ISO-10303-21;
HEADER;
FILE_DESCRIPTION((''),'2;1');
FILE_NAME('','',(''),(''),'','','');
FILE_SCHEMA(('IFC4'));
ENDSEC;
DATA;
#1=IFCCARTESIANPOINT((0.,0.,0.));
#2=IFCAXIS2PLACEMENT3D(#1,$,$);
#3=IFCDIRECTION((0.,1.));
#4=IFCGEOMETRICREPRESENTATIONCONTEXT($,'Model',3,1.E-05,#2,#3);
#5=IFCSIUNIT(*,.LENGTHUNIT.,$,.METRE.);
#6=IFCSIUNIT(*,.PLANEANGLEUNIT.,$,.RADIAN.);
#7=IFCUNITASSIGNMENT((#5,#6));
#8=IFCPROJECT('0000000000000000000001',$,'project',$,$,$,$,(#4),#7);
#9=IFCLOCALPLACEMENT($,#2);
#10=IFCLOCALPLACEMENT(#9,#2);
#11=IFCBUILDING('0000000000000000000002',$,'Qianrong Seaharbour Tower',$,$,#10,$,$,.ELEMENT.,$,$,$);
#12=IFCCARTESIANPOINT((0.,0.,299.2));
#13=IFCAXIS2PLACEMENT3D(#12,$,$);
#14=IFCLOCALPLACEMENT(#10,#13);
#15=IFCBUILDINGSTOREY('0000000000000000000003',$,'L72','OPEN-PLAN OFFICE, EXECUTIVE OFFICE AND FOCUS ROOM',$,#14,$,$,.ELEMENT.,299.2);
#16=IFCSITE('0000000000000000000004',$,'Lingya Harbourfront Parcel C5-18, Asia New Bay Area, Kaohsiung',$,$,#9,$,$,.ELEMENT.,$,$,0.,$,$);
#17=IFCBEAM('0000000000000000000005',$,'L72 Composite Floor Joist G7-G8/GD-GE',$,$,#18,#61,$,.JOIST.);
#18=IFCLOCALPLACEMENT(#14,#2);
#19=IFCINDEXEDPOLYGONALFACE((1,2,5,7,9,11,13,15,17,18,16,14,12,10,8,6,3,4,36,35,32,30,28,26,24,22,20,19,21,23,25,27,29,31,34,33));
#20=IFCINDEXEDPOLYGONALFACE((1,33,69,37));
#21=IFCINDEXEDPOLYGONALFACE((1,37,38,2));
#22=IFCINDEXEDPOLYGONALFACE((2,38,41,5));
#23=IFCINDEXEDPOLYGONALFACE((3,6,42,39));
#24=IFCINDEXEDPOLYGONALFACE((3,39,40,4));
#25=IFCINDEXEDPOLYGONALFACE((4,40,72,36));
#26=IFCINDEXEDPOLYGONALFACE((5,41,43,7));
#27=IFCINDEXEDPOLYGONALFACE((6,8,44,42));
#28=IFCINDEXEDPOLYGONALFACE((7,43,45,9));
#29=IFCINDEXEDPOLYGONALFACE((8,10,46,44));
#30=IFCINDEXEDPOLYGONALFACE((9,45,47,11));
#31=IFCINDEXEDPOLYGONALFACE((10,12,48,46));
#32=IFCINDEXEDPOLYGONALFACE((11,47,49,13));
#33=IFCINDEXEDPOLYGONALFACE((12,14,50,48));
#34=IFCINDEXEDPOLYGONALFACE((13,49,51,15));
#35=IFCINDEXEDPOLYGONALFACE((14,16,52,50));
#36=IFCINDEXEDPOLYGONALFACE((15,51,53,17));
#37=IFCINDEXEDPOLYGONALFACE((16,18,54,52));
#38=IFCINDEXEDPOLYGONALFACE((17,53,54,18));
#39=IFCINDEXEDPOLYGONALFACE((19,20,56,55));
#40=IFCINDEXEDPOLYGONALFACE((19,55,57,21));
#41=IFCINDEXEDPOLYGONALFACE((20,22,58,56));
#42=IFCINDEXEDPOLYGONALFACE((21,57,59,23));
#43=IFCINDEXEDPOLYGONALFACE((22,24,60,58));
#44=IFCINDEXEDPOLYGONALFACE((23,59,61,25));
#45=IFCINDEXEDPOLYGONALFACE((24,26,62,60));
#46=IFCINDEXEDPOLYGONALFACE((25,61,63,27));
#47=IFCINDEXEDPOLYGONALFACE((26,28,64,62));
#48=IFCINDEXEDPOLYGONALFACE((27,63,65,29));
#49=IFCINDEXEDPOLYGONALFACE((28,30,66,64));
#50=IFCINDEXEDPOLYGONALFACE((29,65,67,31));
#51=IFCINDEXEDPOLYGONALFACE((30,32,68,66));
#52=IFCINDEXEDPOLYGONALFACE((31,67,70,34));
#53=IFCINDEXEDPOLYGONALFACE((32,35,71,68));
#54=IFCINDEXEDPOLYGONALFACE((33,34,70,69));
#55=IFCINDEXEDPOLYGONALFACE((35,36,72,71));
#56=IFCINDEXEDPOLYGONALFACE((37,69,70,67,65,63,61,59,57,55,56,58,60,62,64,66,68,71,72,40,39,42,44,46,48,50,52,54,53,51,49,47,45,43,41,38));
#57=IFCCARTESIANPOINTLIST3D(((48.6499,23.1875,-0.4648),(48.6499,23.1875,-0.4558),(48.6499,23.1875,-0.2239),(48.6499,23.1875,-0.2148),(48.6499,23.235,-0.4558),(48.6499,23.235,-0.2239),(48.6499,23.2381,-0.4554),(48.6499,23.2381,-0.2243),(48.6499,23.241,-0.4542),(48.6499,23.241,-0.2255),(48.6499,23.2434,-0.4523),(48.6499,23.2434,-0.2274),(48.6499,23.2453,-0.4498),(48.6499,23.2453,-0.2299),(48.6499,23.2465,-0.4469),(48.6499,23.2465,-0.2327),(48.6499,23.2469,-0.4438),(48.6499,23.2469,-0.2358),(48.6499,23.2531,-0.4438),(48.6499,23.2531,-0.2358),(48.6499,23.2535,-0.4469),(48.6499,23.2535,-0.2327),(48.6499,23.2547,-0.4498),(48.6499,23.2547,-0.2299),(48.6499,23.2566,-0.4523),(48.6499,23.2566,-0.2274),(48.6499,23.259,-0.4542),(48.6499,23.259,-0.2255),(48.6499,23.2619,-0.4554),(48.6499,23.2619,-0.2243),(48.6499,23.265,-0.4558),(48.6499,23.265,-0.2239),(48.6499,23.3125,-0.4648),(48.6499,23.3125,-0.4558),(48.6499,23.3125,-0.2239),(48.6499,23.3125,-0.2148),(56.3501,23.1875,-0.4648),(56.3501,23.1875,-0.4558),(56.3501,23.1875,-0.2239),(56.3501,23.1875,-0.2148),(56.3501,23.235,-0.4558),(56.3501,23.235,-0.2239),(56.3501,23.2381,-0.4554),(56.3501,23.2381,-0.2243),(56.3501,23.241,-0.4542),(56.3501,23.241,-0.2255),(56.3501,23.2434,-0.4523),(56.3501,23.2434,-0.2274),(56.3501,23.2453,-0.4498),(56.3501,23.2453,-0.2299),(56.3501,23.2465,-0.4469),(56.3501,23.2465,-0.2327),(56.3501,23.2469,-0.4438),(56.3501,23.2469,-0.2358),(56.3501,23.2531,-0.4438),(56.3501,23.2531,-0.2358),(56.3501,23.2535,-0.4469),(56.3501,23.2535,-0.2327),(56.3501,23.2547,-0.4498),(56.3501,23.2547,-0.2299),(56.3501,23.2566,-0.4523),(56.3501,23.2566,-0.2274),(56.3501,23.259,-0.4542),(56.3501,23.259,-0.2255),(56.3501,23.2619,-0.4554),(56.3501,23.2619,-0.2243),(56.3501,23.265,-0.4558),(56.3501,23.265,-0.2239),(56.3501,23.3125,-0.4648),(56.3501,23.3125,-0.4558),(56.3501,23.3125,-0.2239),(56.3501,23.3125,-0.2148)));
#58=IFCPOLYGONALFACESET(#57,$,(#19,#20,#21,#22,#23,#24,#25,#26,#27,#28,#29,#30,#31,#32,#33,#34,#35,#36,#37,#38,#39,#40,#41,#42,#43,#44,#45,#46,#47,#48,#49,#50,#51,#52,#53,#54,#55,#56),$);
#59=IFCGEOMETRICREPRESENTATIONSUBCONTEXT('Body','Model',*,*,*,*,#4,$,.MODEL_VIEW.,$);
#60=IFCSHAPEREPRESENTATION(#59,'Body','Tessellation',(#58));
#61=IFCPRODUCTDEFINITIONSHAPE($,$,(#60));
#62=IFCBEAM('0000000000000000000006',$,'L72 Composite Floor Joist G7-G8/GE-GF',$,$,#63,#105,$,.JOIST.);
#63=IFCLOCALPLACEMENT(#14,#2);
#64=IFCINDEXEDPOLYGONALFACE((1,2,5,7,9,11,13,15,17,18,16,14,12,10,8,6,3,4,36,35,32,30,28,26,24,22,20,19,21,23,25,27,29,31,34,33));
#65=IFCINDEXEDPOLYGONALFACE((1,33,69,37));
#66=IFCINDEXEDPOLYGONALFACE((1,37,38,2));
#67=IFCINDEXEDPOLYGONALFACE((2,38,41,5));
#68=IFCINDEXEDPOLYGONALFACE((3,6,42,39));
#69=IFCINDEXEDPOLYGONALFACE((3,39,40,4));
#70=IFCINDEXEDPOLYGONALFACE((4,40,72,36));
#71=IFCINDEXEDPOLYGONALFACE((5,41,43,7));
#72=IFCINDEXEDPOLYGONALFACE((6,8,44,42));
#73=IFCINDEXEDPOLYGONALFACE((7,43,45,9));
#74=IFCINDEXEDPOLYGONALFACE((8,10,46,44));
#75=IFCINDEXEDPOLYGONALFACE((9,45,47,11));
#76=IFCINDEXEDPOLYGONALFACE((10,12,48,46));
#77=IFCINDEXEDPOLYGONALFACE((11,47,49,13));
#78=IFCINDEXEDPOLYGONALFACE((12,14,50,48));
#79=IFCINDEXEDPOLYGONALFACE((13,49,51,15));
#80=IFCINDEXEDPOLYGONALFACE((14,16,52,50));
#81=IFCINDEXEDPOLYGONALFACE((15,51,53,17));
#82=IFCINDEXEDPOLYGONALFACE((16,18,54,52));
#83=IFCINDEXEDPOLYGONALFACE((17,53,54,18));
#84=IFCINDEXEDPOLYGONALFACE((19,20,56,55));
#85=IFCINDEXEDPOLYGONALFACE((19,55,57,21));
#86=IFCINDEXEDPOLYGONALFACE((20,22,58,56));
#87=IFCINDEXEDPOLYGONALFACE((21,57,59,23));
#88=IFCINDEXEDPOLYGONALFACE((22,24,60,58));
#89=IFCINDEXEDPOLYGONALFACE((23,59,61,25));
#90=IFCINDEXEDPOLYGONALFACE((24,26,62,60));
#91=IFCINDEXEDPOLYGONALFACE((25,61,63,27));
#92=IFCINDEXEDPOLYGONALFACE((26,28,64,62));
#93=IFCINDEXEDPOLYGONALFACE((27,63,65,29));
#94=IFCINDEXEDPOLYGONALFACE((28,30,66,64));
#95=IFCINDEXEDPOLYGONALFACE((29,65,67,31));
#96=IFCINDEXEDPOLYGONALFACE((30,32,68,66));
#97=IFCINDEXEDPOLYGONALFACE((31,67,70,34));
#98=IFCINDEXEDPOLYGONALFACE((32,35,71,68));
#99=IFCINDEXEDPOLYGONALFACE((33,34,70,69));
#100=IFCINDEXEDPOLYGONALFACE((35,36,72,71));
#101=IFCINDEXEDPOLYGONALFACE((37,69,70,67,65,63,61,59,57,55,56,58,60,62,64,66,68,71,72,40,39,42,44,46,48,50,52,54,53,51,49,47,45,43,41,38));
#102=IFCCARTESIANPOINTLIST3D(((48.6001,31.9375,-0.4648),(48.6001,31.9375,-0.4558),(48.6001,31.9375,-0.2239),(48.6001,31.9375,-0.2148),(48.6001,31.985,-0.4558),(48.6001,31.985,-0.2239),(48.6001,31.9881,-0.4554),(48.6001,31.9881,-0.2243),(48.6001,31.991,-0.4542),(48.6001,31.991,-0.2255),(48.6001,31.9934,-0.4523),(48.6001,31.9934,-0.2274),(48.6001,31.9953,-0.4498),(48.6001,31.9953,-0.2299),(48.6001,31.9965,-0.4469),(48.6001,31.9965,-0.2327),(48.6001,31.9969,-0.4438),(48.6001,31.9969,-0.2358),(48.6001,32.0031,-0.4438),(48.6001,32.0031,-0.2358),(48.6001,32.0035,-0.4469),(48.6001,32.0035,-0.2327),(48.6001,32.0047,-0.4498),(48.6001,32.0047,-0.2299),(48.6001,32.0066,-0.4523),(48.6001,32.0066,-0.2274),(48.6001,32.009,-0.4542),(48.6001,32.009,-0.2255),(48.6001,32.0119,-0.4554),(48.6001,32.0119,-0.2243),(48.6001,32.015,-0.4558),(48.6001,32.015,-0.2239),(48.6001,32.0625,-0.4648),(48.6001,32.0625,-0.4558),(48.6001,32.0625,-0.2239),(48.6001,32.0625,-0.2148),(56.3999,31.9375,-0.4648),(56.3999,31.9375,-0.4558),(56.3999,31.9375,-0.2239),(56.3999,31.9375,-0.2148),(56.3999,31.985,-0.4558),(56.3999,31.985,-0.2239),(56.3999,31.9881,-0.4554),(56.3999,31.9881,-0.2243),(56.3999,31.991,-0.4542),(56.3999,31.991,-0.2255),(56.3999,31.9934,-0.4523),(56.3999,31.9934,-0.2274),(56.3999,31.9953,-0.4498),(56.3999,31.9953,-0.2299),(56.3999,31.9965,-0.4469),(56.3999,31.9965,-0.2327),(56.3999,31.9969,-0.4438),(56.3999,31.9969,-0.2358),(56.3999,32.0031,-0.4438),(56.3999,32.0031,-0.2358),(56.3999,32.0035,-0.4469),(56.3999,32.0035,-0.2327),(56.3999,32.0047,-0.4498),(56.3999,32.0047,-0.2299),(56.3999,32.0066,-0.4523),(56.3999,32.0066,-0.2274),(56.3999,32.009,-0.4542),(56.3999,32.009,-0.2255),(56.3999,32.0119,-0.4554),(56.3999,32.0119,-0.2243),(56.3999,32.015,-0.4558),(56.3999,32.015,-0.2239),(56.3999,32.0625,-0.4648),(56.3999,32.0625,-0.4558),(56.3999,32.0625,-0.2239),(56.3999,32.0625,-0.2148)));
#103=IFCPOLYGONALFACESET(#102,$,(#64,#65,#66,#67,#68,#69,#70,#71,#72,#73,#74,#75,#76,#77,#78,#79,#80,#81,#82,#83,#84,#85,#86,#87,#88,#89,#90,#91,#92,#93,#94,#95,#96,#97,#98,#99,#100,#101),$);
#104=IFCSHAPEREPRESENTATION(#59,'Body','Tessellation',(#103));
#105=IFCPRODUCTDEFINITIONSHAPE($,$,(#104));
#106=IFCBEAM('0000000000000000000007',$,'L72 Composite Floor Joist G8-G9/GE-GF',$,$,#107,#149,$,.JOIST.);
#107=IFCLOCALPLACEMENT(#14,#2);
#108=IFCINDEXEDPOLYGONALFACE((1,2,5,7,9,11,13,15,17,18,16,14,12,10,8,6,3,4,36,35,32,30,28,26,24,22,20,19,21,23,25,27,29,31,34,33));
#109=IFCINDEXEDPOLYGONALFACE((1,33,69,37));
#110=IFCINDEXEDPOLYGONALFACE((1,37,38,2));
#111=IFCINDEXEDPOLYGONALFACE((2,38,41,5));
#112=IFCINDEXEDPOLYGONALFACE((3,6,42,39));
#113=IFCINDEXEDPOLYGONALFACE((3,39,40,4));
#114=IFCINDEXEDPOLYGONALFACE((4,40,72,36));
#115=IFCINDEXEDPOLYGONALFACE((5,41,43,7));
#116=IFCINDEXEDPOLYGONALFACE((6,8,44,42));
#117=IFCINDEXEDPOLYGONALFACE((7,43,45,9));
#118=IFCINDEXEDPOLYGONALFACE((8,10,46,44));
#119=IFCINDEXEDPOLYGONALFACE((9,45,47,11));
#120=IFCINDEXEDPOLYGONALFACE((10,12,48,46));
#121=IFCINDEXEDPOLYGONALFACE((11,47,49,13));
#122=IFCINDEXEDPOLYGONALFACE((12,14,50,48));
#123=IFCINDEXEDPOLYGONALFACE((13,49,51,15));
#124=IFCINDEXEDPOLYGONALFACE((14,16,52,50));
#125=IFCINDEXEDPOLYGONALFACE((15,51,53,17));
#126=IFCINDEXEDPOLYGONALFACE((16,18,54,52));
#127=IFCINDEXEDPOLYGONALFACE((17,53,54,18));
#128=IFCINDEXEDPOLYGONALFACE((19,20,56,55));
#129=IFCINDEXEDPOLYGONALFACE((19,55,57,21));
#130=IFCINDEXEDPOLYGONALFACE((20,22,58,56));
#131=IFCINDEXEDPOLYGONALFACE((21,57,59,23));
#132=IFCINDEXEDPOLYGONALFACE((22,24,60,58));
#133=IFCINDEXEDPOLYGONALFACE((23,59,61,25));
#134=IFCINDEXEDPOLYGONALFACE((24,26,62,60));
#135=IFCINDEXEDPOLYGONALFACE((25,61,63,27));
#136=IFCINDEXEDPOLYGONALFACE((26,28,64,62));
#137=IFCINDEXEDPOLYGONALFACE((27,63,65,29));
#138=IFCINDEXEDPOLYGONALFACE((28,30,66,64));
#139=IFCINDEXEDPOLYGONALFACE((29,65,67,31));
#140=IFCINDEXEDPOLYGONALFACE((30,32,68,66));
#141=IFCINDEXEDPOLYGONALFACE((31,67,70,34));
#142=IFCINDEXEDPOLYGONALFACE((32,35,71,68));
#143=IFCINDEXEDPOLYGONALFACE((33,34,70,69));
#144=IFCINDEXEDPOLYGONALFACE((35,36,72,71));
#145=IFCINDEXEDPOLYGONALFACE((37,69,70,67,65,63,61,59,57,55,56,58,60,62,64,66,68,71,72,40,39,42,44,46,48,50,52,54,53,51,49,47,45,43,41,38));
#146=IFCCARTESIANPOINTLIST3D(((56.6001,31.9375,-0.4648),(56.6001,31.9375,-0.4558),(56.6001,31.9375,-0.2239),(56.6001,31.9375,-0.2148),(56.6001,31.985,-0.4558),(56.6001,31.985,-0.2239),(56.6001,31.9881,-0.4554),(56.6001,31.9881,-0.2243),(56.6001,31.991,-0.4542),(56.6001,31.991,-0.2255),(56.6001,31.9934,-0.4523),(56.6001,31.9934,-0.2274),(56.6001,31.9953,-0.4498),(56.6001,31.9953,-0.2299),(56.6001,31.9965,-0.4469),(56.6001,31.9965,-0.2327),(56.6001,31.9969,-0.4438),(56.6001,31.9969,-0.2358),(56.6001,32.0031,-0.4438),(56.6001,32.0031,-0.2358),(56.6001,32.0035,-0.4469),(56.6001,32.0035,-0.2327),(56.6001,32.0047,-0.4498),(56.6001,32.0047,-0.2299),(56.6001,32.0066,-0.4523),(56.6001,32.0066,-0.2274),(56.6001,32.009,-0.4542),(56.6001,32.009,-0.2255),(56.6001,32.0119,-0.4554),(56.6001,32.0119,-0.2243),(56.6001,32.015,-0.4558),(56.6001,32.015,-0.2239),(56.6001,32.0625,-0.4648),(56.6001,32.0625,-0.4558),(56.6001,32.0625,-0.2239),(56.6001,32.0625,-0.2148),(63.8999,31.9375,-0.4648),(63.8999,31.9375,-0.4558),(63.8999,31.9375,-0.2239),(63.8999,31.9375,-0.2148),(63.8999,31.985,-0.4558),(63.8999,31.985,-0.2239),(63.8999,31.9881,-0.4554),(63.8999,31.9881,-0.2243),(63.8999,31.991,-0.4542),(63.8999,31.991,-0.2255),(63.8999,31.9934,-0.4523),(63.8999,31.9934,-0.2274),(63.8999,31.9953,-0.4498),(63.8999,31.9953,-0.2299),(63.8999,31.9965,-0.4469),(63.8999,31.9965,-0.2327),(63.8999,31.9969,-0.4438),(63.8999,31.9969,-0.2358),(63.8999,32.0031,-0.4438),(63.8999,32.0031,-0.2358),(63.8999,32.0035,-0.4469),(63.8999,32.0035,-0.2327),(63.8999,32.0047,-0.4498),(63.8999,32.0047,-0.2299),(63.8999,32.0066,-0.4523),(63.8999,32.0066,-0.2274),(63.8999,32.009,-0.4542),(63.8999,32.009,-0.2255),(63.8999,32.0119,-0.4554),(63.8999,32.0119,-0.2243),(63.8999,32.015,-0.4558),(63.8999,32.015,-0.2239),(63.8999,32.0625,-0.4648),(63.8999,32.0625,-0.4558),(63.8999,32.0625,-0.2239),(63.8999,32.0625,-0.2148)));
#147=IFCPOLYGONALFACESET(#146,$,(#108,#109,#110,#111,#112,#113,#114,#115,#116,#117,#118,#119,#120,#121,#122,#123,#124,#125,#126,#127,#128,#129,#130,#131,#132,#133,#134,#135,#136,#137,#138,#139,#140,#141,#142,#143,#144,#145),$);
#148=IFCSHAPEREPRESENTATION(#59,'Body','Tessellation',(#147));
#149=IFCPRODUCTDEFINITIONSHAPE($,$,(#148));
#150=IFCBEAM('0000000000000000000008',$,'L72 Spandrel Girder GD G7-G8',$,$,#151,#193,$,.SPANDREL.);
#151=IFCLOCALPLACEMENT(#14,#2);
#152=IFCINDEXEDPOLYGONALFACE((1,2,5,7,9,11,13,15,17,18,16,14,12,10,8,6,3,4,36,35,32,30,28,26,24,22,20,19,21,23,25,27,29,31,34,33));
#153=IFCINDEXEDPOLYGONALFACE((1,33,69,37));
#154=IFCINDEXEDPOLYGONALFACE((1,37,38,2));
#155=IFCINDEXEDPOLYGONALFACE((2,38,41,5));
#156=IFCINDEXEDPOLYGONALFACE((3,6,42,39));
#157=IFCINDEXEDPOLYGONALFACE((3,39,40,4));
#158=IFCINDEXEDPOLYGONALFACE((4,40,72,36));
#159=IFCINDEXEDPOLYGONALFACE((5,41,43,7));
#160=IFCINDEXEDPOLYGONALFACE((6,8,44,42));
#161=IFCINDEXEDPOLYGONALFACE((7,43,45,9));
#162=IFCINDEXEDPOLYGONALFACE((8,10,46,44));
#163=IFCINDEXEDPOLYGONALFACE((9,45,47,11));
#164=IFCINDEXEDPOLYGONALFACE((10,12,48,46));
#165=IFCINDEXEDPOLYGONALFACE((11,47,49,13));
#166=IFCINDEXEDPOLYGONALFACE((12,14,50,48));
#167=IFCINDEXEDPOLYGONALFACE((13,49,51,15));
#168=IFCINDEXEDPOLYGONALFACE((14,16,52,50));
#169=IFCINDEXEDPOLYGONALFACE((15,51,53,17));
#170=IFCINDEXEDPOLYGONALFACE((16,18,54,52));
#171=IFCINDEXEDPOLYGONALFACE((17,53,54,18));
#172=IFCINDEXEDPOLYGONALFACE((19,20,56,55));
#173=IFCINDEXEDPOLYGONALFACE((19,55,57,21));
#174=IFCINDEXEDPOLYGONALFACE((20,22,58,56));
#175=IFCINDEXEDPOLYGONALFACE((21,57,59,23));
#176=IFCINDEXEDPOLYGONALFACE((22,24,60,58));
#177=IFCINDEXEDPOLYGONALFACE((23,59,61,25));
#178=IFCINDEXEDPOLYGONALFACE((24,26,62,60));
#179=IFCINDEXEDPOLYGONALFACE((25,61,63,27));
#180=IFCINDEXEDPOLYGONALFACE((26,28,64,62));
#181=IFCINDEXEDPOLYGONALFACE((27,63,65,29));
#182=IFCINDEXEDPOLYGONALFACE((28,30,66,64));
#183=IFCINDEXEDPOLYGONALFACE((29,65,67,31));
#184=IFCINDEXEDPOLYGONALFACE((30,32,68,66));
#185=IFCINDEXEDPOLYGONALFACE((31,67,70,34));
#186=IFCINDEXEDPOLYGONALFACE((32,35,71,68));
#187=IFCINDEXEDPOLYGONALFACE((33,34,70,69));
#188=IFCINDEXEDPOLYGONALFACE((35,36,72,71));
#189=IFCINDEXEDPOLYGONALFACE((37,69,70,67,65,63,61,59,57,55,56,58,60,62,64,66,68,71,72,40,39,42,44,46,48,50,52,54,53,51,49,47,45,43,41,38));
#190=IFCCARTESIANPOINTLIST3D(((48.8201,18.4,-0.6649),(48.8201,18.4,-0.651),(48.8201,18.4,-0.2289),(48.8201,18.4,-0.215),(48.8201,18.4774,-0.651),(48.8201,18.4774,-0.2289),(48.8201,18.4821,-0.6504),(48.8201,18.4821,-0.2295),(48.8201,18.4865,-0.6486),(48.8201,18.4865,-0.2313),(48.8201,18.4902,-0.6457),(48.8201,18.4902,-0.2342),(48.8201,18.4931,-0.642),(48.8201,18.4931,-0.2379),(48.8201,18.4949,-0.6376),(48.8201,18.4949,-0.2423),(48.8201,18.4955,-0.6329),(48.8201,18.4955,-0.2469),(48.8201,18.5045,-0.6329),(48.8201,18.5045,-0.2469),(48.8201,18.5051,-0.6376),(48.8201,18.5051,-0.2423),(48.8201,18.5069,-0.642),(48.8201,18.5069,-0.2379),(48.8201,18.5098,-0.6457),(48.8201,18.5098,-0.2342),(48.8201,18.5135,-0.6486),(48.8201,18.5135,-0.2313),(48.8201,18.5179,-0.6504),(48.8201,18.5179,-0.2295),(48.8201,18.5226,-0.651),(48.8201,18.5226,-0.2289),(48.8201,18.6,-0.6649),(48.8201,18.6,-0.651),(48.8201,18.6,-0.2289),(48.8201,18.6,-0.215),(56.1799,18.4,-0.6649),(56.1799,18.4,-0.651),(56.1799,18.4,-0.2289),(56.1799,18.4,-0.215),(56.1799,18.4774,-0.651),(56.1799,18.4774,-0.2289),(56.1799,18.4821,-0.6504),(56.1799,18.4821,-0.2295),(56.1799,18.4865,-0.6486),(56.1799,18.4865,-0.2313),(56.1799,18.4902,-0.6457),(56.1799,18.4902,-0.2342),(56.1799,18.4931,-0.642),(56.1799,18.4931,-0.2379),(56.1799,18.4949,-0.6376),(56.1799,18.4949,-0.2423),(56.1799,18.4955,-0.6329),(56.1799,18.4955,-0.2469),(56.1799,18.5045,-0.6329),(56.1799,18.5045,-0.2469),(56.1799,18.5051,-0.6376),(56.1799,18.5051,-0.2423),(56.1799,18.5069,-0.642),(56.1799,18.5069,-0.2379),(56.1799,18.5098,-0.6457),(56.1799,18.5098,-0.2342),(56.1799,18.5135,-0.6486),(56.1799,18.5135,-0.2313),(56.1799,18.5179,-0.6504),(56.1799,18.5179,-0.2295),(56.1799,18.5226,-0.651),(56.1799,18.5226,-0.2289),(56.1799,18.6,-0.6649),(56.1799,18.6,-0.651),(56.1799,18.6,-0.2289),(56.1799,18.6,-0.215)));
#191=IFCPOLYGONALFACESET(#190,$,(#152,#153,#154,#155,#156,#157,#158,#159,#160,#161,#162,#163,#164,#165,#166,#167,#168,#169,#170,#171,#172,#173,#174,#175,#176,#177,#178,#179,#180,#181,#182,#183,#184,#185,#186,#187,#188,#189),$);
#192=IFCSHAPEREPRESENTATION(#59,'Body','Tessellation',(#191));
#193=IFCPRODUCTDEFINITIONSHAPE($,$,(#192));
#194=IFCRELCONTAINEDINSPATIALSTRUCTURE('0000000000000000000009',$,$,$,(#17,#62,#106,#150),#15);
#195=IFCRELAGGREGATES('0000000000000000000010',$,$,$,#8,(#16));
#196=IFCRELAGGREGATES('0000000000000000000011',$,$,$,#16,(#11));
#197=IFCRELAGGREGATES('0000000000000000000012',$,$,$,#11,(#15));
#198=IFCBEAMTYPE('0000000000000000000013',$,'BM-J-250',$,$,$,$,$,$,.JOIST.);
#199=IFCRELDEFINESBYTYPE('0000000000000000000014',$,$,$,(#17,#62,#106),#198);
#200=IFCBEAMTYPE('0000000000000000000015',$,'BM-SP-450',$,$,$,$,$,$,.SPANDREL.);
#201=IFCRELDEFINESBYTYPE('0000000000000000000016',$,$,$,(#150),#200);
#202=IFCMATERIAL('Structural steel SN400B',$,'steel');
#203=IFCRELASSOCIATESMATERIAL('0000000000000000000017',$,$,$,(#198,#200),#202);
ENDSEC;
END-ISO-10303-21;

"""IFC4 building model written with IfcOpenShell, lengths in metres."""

from ifc_helpers import new_model, si_unit, direction, frame, origin, origin_2d, place, context, subcontext, project, spatial, i_section, extrude, material, material_profile, profile_set, type_object, element, save


model = new_model("IFC4")

# Units and contexts
model_context = context("Model", 3, precision=1e-05, world=origin(), true_north=direction((0.0, 1.0)))
body_context = subcontext(model_context, "Body", "Model", "MODEL_VIEW")
ifc_project = project(units=[si_unit("LENGTHUNIT", "METRE"), si_unit("PLANEANGLEUNIT", "RADIAN")], contexts=[model_context])

# Site, building, storey
site_placement = place(None, origin())
site = spatial("IfcSite", under=ifc_project, at=site_placement, Name="Lingya Harbourfront Parcel C5-18, Asia New Bay Area, Kaohsiung", CompositionType="ELEMENT", RefElevation=0.0)
building_placement = place(site_placement, origin())
building = spatial("IfcBuilding", under=site, at=building_placement, Name="Qianrong Seaharbour Tower", CompositionType="ELEMENT")
storey_placement = place(building_placement, frame((0.0, 0.0, 299.2)))
storey = spatial("IfcBuildingStorey", under=building, at=storey_placement, Name="L72", Description="OPEN-PLAN OFFICE, EXECUTIVE OFFICE AND FOCUS ROOM", CompositionType="ELEMENT", Elevation=299.2)

# Shared definitions
ifc_material_1 = material(Name="Structural steel SN400B", Category="steel")

# Beams
ifc_material_profile_1 = material_profile(ifc_material_1, i_section(OverallWidth=0.125, OverallDepth=0.25, WebThickness=0.0061, FlangeThickness=0.009, FilletRadius=0.012, at=origin_2d()), Name="H250x125x6x9")
ifc_profile_set_1 = profile_set([ifc_material_profile_1], Name="Structural steel SN400B")
beam_type_1 = type_object("IfcBeamType", Name="BM-J-250", PredefinedType="JOIST", material=ifc_profile_set_1)
beam_1_placement = place(storey_placement, frame((48.6499, 23.25, -0.3398), z_axis=(1.0, 0.0, 0.0), x_axis=(0.0, 1.0, 0.0)))
element("IfcBeam", 1, at=beam_1_placement, inside=storey, type_object=beam_type_1, Name="L72 Composite Floor Joist G7-G8/GD-GE", PredefinedType="JOIST", context=body_context, shape_type="SweptSolid", body=[
    extrude(i_section(OverallWidth=0.125, OverallDepth=0.25, WebThickness=0.0061, FlangeThickness=0.009, FilletRadius=0.012, at=origin_2d()), origin(), (0.0, 0.0, 1.0), 7.7002),
])
beam_2_placement = place(storey_placement, frame((48.6001, 32.0, -0.3398), z_axis=(1.0, 0.0, 0.0), x_axis=(0.0, 1.0, 0.0)))
element("IfcBeam", 2, at=beam_2_placement, inside=storey, type_object=beam_type_1, Name="L72 Composite Floor Joist G7-G8/GE-GF", PredefinedType="JOIST", context=body_context, shape_type="SweptSolid", body=[
    extrude(i_section(OverallWidth=0.125, OverallDepth=0.25, WebThickness=0.0061, FlangeThickness=0.009, FilletRadius=0.012, at=origin_2d()), origin(), (0.0, 0.0, 1.0), 7.7998),
])
beam_3_placement = place(storey_placement, frame((56.6001, 32.0, -0.3398), z_axis=(1.0, 0.0, 0.0), x_axis=(0.0, 1.0, 0.0)))
element("IfcBeam", 3, at=beam_3_placement, inside=storey, type_object=beam_type_1, Name="L72 Composite Floor Joist G8-G9/GE-GF", PredefinedType="JOIST", context=body_context, shape_type="SweptSolid", body=[
    extrude(i_section(OverallWidth=0.125, OverallDepth=0.25, WebThickness=0.0061, FlangeThickness=0.009, FilletRadius=0.012, at=origin_2d()), origin(), (0.0, 0.0, 1.0), 7.2998),
])
ifc_material_profile_2 = material_profile(ifc_material_1, i_section(OverallWidth=0.2, OverallDepth=0.45, WebThickness=0.009, FlangeThickness=0.0139, FilletRadius=0.0181, at=origin_2d()), Name="H450x200x9x14")
ifc_profile_set_2 = profile_set([ifc_material_profile_2], Name="Structural steel SN400B")
beam_type_2 = type_object("IfcBeamType", Name="BM-SP-450", PredefinedType="SPANDREL", material=ifc_profile_set_2)
beam_4_placement = place(storey_placement, frame((48.8201, 18.5, -0.4399), z_axis=(1.0, 0.0, 0.0), x_axis=(0.0, 1.0, 0.0)))
element("IfcBeam", 4, at=beam_4_placement, inside=storey, type_object=beam_type_2, Name="L72 Spandrel Girder GD G7-G8", PredefinedType="SPANDREL", context=body_context, shape_type="SweptSolid", body=[
    extrude(i_section(OverallWidth=0.2, OverallDepth=0.45, WebThickness=0.009, FlangeThickness=0.0139, FilletRadius=0.0181, at=origin_2d()), origin(), (0.0, 0.0, 1.0), 7.3599),
])

save(model, "model.ifc")
